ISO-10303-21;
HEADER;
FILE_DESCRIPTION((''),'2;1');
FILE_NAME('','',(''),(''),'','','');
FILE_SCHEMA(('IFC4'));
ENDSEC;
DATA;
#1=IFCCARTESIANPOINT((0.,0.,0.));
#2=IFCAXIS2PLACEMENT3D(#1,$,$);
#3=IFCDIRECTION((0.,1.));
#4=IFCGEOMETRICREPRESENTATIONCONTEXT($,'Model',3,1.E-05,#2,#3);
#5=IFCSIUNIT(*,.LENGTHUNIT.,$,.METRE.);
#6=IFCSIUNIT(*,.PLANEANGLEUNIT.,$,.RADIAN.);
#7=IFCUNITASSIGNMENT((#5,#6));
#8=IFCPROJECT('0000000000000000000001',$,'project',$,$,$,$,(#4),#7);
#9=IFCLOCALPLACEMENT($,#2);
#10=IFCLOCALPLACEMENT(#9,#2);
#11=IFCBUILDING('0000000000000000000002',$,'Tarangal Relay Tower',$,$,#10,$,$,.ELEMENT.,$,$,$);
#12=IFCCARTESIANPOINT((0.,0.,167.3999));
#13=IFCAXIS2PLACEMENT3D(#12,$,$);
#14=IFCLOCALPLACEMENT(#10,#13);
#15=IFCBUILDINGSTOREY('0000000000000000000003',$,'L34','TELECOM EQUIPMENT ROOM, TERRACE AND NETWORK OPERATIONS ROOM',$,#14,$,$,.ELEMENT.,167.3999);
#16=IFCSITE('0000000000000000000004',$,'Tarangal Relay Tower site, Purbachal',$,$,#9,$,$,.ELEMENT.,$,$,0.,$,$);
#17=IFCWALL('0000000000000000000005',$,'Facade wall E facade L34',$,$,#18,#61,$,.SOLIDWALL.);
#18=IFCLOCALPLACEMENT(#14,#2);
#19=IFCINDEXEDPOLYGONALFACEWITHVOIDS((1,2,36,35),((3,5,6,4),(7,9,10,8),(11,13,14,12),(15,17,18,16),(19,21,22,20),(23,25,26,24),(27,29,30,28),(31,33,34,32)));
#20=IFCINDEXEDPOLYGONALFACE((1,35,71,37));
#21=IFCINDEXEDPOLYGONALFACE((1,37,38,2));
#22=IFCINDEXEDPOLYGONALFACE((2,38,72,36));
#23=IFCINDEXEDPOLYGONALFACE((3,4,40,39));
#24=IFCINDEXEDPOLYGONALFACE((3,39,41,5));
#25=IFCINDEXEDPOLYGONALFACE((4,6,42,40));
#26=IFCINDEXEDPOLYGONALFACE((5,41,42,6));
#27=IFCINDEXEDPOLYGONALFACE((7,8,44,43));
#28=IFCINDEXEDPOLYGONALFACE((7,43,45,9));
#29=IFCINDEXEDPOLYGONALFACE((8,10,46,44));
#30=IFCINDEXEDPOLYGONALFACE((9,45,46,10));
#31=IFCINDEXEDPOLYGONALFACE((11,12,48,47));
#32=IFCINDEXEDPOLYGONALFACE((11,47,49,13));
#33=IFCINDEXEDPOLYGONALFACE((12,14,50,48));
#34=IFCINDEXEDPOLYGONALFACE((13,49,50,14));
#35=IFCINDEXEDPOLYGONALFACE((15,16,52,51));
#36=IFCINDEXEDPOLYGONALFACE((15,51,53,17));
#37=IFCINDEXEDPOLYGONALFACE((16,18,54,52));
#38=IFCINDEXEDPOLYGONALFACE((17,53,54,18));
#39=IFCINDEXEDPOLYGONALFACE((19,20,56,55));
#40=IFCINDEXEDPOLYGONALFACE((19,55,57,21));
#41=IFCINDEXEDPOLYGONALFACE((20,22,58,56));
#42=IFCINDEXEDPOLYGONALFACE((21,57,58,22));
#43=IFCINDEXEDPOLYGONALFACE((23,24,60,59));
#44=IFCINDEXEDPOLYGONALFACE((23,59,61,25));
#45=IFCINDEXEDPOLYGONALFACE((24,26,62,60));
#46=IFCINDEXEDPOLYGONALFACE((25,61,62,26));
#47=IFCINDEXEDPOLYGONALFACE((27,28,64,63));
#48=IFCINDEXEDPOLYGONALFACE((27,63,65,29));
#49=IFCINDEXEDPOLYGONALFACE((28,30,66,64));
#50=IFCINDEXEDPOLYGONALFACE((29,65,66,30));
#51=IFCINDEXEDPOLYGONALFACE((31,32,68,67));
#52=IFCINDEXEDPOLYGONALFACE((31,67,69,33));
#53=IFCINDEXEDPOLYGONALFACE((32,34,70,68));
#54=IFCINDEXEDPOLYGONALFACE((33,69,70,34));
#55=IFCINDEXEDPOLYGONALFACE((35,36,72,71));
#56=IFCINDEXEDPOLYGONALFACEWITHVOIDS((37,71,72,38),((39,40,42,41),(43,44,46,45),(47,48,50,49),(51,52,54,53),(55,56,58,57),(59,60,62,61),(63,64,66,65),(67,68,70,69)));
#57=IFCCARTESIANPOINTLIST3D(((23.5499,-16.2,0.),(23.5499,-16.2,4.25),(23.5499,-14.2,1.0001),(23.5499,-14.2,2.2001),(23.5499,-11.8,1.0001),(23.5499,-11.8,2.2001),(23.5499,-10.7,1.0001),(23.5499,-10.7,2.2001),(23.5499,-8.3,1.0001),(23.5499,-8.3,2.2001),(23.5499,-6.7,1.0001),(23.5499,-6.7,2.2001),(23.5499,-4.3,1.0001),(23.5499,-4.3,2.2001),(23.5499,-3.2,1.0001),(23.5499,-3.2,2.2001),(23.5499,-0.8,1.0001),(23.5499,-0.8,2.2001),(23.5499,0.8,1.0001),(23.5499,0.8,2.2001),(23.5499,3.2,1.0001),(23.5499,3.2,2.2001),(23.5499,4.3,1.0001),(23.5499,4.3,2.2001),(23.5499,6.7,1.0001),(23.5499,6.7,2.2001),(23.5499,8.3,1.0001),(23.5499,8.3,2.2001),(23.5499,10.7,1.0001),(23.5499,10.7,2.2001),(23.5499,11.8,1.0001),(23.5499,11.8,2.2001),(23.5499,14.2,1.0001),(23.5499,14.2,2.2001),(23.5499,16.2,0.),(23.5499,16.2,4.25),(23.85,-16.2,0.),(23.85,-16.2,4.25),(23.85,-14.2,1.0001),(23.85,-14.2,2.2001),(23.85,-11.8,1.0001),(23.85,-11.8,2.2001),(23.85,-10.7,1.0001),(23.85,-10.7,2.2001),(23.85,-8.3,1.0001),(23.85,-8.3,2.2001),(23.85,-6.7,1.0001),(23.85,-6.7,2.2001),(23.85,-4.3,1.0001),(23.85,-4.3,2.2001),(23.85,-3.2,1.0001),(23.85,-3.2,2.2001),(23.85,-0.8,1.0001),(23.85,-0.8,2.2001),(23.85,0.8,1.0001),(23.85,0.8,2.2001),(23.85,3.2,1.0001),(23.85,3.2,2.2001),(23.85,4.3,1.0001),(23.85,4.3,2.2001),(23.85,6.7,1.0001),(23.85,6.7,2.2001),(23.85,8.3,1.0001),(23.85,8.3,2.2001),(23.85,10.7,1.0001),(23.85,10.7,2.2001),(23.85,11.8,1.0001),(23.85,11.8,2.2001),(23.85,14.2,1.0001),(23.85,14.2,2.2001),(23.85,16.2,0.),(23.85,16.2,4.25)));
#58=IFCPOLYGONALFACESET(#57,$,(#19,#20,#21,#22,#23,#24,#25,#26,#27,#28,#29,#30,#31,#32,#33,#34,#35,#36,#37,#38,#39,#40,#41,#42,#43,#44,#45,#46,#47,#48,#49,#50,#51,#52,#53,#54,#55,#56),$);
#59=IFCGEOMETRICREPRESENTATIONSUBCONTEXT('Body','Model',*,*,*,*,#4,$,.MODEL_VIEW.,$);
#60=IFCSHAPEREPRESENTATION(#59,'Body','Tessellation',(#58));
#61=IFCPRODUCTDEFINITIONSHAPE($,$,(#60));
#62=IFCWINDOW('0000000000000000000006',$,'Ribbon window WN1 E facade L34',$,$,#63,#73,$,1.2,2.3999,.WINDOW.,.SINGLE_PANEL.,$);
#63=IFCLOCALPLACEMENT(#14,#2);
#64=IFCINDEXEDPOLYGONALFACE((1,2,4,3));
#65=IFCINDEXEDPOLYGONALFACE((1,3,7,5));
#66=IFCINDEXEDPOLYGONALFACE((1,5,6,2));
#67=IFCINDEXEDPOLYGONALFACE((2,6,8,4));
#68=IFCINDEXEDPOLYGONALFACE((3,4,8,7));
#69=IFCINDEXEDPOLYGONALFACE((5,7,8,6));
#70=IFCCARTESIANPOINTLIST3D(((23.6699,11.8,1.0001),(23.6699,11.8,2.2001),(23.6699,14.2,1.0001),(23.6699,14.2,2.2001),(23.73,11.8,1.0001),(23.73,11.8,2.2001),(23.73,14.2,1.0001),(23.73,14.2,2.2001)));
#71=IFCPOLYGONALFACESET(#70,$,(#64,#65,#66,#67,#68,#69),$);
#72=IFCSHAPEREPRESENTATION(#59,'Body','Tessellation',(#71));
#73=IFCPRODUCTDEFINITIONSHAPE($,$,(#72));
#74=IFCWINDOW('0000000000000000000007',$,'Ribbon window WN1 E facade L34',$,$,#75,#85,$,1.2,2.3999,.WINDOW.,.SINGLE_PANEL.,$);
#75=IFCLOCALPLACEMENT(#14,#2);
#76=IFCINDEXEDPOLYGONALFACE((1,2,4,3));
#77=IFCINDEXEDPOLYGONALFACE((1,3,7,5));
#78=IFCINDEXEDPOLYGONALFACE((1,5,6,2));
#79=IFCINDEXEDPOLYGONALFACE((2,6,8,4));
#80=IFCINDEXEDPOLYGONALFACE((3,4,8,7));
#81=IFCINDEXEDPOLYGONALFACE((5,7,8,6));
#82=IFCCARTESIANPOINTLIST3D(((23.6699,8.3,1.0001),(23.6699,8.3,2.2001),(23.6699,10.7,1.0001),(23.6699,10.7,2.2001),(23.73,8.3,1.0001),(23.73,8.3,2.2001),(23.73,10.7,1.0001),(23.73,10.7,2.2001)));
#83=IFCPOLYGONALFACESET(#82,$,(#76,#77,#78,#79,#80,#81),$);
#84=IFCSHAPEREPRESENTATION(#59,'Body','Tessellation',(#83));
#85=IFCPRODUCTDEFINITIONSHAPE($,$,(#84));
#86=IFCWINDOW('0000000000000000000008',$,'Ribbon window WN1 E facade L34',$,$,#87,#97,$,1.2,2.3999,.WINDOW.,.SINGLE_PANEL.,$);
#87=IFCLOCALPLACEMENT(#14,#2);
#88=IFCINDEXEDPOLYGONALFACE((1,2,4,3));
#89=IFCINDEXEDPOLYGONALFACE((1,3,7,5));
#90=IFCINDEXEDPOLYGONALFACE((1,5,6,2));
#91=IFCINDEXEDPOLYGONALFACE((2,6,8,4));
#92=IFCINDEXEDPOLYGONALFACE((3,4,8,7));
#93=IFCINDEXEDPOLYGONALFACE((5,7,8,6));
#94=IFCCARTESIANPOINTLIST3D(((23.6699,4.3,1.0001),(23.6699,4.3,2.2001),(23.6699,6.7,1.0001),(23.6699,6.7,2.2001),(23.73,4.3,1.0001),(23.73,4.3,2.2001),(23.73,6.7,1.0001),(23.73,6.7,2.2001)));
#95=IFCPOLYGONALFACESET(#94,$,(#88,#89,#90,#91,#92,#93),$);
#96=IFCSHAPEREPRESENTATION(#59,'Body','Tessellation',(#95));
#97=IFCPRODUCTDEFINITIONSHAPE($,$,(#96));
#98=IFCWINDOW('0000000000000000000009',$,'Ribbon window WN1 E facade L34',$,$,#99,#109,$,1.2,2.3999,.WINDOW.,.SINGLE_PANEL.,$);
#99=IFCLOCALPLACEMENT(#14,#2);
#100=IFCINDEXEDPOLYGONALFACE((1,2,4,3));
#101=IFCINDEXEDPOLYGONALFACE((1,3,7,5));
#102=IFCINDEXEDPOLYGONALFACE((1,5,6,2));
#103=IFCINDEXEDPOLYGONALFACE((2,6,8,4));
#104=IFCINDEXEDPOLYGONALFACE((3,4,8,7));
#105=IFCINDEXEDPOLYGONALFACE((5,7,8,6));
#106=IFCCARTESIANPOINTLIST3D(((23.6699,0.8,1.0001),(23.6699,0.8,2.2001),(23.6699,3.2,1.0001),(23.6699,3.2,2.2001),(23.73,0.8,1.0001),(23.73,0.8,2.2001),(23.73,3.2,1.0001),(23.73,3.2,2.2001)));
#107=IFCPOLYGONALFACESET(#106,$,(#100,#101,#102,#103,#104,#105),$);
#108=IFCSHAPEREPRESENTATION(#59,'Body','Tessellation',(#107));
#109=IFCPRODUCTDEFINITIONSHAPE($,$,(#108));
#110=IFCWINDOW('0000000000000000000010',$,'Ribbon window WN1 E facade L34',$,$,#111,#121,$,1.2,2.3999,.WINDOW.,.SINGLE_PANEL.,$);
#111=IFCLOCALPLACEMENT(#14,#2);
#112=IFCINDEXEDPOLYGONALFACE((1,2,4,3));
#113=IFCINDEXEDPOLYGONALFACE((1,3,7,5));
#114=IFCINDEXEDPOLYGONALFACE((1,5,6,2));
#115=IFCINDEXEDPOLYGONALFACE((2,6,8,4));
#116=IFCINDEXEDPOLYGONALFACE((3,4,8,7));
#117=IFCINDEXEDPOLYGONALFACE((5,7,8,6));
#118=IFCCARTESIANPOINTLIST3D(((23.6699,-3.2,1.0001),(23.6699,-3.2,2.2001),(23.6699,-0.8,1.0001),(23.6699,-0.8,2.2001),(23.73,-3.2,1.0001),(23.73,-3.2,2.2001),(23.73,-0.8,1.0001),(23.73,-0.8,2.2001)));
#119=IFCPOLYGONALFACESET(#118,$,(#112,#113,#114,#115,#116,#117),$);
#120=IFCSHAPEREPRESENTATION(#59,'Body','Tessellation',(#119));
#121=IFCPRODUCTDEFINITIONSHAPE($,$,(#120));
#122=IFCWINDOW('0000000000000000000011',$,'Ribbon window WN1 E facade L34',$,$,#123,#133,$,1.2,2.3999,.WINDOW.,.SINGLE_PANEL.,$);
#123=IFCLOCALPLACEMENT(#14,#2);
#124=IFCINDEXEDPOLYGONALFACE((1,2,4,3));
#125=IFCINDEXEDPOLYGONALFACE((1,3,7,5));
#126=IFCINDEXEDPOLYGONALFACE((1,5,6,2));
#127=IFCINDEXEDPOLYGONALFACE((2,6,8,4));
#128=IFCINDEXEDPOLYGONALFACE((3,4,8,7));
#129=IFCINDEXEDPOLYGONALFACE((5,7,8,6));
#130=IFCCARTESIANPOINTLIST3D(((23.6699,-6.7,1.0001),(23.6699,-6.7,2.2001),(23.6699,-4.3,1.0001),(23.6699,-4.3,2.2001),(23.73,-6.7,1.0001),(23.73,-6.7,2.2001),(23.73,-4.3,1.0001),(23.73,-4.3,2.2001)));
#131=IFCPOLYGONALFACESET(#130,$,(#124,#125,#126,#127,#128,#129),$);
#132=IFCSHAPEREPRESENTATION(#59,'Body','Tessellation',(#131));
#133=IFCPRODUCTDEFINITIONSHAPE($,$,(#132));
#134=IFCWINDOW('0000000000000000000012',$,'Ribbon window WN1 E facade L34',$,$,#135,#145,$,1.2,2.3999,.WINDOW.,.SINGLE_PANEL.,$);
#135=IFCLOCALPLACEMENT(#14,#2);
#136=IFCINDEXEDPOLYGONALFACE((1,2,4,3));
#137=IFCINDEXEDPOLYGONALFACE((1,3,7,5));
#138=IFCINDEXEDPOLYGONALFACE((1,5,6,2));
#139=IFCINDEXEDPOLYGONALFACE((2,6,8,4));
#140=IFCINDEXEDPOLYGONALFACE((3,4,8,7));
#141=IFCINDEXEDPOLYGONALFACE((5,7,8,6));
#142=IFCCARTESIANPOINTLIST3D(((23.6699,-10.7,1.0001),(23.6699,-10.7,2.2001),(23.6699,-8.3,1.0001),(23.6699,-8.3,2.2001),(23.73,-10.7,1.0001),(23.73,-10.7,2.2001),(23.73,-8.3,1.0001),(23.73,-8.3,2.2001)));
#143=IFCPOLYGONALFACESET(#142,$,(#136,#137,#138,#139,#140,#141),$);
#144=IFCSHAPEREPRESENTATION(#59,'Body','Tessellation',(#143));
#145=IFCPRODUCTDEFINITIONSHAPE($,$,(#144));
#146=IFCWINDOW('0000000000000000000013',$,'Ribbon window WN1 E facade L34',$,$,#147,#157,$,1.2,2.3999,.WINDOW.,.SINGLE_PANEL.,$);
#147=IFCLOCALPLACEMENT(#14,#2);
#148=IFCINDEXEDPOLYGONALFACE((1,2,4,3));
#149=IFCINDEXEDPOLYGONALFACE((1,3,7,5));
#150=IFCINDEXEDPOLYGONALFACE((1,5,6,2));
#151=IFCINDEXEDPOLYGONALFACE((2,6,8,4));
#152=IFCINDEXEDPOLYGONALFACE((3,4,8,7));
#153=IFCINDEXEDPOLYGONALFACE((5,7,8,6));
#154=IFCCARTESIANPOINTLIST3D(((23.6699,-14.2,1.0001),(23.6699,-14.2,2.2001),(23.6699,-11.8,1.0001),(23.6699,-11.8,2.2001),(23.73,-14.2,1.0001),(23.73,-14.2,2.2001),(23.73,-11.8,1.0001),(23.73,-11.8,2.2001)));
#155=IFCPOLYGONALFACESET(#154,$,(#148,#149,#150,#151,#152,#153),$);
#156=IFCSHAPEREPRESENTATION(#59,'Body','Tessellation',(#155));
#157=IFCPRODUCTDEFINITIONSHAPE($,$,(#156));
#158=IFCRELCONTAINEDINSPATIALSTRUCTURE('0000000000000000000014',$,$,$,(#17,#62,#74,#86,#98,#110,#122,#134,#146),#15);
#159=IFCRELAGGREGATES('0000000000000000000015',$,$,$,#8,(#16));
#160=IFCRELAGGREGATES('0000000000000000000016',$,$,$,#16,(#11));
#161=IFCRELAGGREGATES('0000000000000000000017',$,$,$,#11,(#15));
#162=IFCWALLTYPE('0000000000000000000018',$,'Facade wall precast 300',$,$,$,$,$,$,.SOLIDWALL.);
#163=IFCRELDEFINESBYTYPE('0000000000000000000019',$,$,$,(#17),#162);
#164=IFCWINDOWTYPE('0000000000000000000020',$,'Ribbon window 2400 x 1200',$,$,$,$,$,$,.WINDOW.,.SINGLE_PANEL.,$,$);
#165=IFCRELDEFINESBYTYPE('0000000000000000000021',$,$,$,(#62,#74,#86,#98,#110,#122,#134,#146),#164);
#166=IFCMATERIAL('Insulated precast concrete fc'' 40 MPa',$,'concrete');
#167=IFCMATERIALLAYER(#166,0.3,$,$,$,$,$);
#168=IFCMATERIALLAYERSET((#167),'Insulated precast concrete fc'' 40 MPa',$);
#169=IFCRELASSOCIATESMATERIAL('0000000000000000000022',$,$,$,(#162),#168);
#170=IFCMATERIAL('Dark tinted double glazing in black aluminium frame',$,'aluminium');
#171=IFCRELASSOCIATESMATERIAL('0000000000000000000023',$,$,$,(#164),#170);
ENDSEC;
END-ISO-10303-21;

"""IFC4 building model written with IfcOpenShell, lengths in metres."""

from ifc_helpers import new_model, si_unit, direction, frame, frame_2d, origin, place, context, subcontext, project, spatial, rectangle, extrude, material, layer, layer_set, type_object, element, fill, save


model = new_model("IFC4")

# Units and contexts
model_context = context("Model", 3, precision=1e-05, world=origin(), true_north=direction((0.0, 1.0)))
body_context = subcontext(model_context, "Body", "Model", "MODEL_VIEW")
ifc_project = project(units=[si_unit("LENGTHUNIT", "METRE"), si_unit("PLANEANGLEUNIT", "RADIAN")], contexts=[model_context])

# Site, building, storey
site_placement = place(None, origin())
site = spatial("IfcSite", under=ifc_project, at=site_placement, Name="Tarangal Relay Tower site, Purbachal", CompositionType="ELEMENT", RefElevation=0.0)
building_placement = place(site_placement, origin())
building = spatial("IfcBuilding", under=site, at=building_placement, Name="Tarangal Relay Tower", CompositionType="ELEMENT")
storey_placement = place(building_placement, frame((0.0, 0.0, 167.3999)))
storey = spatial("IfcBuildingStorey", under=building, at=storey_placement, Name="L34", Description="TELECOM EQUIPMENT ROOM, TERRACE AND NETWORK OPERATIONS ROOM", CompositionType="ELEMENT", Elevation=167.3999)

# Shared definitions
ifc_material_1 = material(Name="Insulated precast concrete fc' 40 MPa", Category="concrete")
ifc_layer_1 = layer(ifc_material_1, 0.3)
ifc_layer_set_1 = layer_set([ifc_layer_1], Name="Insulated precast concrete fc' 40 MPa")
wall_type_1 = type_object("IfcWallType", Name="Facade wall precast 300", PredefinedType="SOLIDWALL", material=ifc_layer_set_1)

# Wall, openings, windows
wall_1_placement = place(storey_placement, frame((23.7, 16.2, 0.0), z_axis=(0.0, 0.0, 1.0), x_axis=(0.0, -1.0, 0.0)))
wall_1 = element("IfcWall", 1, at=wall_1_placement, inside=storey, type_object=wall_type_1, Name="Facade wall E facade L34", PredefinedType="SOLIDWALL", context=body_context, shape_type="SweptSolid", body=[
    extrude(rectangle(XDim=32.3999, YDim=0.3, at=frame_2d((16.2, 0.0))), origin(), (0.0, 0.0, 1.0), 4.25),
])
opening_1_placement = place(wall_1_placement, frame((2.0, 0.0, 1.0)))
opening_1 = element("IfcOpeningElement", 2, at=opening_1_placement, cuts=wall_1, PredefinedType="OPENING", context=body_context, shape_type="SweptSolid", body=[
    extrude(rectangle(XDim=2.3999, YDim=1.2, at=frame_2d((1.2, 0.6001))), frame((0.0, 0.1599, 0.0), z_axis=(0.0, -1.0, 0.0), x_axis=(1.0, 0.0, 0.0)), (0.0, 0.0, 1.0), 0.3201),
])
opening_2_placement = place(wall_1_placement, frame((5.5, 0.0, 1.0)))
opening_2 = element("IfcOpeningElement", 3, at=opening_2_placement, cuts=wall_1, PredefinedType="OPENING", context=body_context, shape_type="SweptSolid", body=[
    extrude(rectangle(XDim=2.3999, YDim=1.2, at=frame_2d((1.2, 0.6001))), frame((0.0, 0.1599, 0.0), z_axis=(0.0, -1.0, 0.0), x_axis=(1.0, 0.0, 0.0)), (0.0, 0.0, 1.0), 0.3201),
])
opening_3_placement = place(wall_1_placement, frame((9.5, 0.0, 1.0)))
opening_3 = element("IfcOpeningElement", 4, at=opening_3_placement, cuts=wall_1, PredefinedType="OPENING", context=body_context, shape_type="SweptSolid", body=[
    extrude(rectangle(XDim=2.3999, YDim=1.2, at=frame_2d((1.2, 0.6001))), frame((0.0, 0.1599, 0.0), z_axis=(0.0, -1.0, 0.0), x_axis=(1.0, 0.0, 0.0)), (0.0, 0.0, 1.0), 0.3201),
])
opening_4_placement = place(wall_1_placement, frame((13.0, 0.0, 1.0)))
opening_4 = element("IfcOpeningElement", 5, at=opening_4_placement, cuts=wall_1, PredefinedType="OPENING", context=body_context, shape_type="SweptSolid", body=[
    extrude(rectangle(XDim=2.3999, YDim=1.2, at=frame_2d((1.2, 0.6001))), frame((0.0, 0.1599, 0.0), z_axis=(0.0, -1.0, 0.0), x_axis=(1.0, 0.0, 0.0)), (0.0, 0.0, 1.0), 0.3201),
])
opening_5_placement = place(wall_1_placement, frame((17.0, 0.0, 1.0)))
opening_5 = element("IfcOpeningElement", 6, at=opening_5_placement, cuts=wall_1, PredefinedType="OPENING", context=body_context, shape_type="SweptSolid", body=[
    extrude(rectangle(XDim=2.3999, YDim=1.2, at=frame_2d((1.2, 0.6001))), frame((0.0, 0.1599, 0.0), z_axis=(0.0, -1.0, 0.0), x_axis=(1.0, 0.0, 0.0)), (0.0, 0.0, 1.0), 0.3201),
])
opening_6_placement = place(wall_1_placement, frame((20.5, 0.0, 1.0)))
opening_6 = element("IfcOpeningElement", 7, at=opening_6_placement, cuts=wall_1, PredefinedType="OPENING", context=body_context, shape_type="SweptSolid", body=[
    extrude(rectangle(XDim=2.3999, YDim=1.2, at=frame_2d((1.2, 0.6001))), frame((0.0, 0.1599, 0.0), z_axis=(0.0, -1.0, 0.0), x_axis=(1.0, 0.0, 0.0)), (0.0, 0.0, 1.0), 0.3201),
])
opening_7_placement = place(wall_1_placement, frame((24.5, 0.0, 1.0)))
opening_7 = element("IfcOpeningElement", 8, at=opening_7_placement, cuts=wall_1, PredefinedType="OPENING", context=body_context, shape_type="SweptSolid", body=[
    extrude(rectangle(XDim=2.3999, YDim=1.2, at=frame_2d((1.2, 0.6001))), frame((0.0, 0.1599, 0.0), z_axis=(0.0, -1.0, 0.0), x_axis=(1.0, 0.0, 0.0)), (0.0, 0.0, 1.0), 0.3201),
])
opening_8_placement = place(wall_1_placement, frame((28.0, 0.0, 1.0)))
opening_8 = element("IfcOpeningElement", 9, at=opening_8_placement, cuts=wall_1, PredefinedType="OPENING", context=body_context, shape_type="SweptSolid", body=[
    extrude(rectangle(XDim=2.3999, YDim=1.2, at=frame_2d((1.2, 0.6001))), frame((0.0, 0.1599, 0.0), z_axis=(0.0, -1.0, 0.0), x_axis=(1.0, 0.0, 0.0)), (0.0, 0.0, 1.0), 0.3201),
])
ifc_material_2 = material(Name="Dark tinted double glazing in black aluminium frame", Category="aluminium")
window_type = type_object("IfcWindowType", Name="Ribbon window 2400 x 1200", PartitioningType="SINGLE_PANEL", PredefinedType="WINDOW", material=ifc_material_2)
window_1_placement = place(opening_1_placement, origin())
window_1 = element("IfcWindow", 10, at=window_1_placement, inside=storey, type_object=window_type, Name="Ribbon window WN1 E facade L34", OverallHeight=1.2, OverallWidth=2.3999, PartitioningType="SINGLE_PANEL", PredefinedType="WINDOW", context=body_context, shape_type="SweptSolid", body=[
    extrude(rectangle(XDim=2.3999, YDim=1.2, at=frame_2d((1.2, 0.6001))), frame((0.0, 0.03, 0.0), z_axis=(0.0, -1.0, 0.0), x_axis=(1.0, 0.0, 0.0)), (0.0, 0.0, 1.0), 0.0601),
])
fill(opening_1, window_1)
window_2_placement = place(opening_2_placement, origin())
window_2 = element("IfcWindow", 11, at=window_2_placement, inside=storey, type_object=window_type, Name="Ribbon window WN1 E facade L34", OverallHeight=1.2, OverallWidth=2.3999, PartitioningType="SINGLE_PANEL", PredefinedType="WINDOW", context=body_context, shape_type="SweptSolid", body=[
    extrude(rectangle(XDim=2.3999, YDim=1.2, at=frame_2d((1.2, 0.6001))), frame((0.0, 0.03, 0.0), z_axis=(0.0, -1.0, 0.0), x_axis=(1.0, 0.0, 0.0)), (0.0, 0.0, 1.0), 0.0601),
])
fill(opening_2, window_2)
window_3_placement = place(opening_3_placement, origin())
window_3 = element("IfcWindow", 12, at=window_3_placement, inside=storey, type_object=window_type, Name="Ribbon window WN1 E facade L34", OverallHeight=1.2, OverallWidth=2.3999, PartitioningType="SINGLE_PANEL", PredefinedType="WINDOW", context=body_context, shape_type="SweptSolid", body=[
    extrude(rectangle(XDim=2.3999, YDim=1.2, at=frame_2d((1.2, 0.6001))), frame((0.0, 0.03, 0.0), z_axis=(0.0, -1.0, 0.0), x_axis=(1.0, 0.0, 0.0)), (0.0, 0.0, 1.0), 0.0601),
])
fill(opening_3, window_3)
window_4_placement = place(opening_4_placement, origin())
window_4 = element("IfcWindow", 13, at=window_4_placement, inside=storey, type_object=window_type, Name="Ribbon window WN1 E facade L34", OverallHeight=1.2, OverallWidth=2.3999, PartitioningType="SINGLE_PANEL", PredefinedType="WINDOW", context=body_context, shape_type="SweptSolid", body=[
    extrude(rectangle(XDim=2.3999, YDim=1.2, at=frame_2d((1.2, 0.6001))), frame((0.0, 0.03, 0.0), z_axis=(0.0, -1.0, 0.0), x_axis=(1.0, 0.0, 0.0)), (0.0, 0.0, 1.0), 0.0601),
])
fill(opening_4, window_4)
window_5_placement = place(opening_5_placement, origin())
window_5 = element("IfcWindow", 14, at=window_5_placement, inside=storey, type_object=window_type, Name="Ribbon window WN1 E facade L34", OverallHeight=1.2, OverallWidth=2.3999, PartitioningType="SINGLE_PANEL", PredefinedType="WINDOW", context=body_context, shape_type="SweptSolid", body=[
    extrude(rectangle(XDim=2.3999, YDim=1.2, at=frame_2d((1.2, 0.6001))), frame((0.0, 0.03, 0.0), z_axis=(0.0, -1.0, 0.0), x_axis=(1.0, 0.0, 0.0)), (0.0, 0.0, 1.0), 0.0601),
])
fill(opening_5, window_5)
window_6_placement = place(opening_6_placement, origin())
window_6 = element("IfcWindow", 15, at=window_6_placement, inside=storey, type_object=window_type, Name="Ribbon window WN1 E facade L34", OverallHeight=1.2, OverallWidth=2.3999, PartitioningType="SINGLE_PANEL", PredefinedType="WINDOW", context=body_context, shape_type="SweptSolid", body=[
    extrude(rectangle(XDim=2.3999, YDim=1.2, at=frame_2d((1.2, 0.6001))), frame((0.0, 0.03, 0.0), z_axis=(0.0, -1.0, 0.0), x_axis=(1.0, 0.0, 0.0)), (0.0, 0.0, 1.0), 0.0601),
])
fill(opening_6, window_6)
window_7_placement = place(opening_7_placement, origin())
window_7 = element("IfcWindow", 16, at=window_7_placement, inside=storey, type_object=window_type, Name="Ribbon window WN1 E facade L34", OverallHeight=1.2, OverallWidth=2.3999, PartitioningType="SINGLE_PANEL", PredefinedType="WINDOW", context=body_context, shape_type="SweptSolid", body=[
    extrude(rectangle(XDim=2.3999, YDim=1.2, at=frame_2d((1.2, 0.6001))), frame((0.0, 0.03, 0.0), z_axis=(0.0, -1.0, 0.0), x_axis=(1.0, 0.0, 0.0)), (0.0, 0.0, 1.0), 0.0601),
])
fill(opening_7, window_7)
window_8_placement = place(opening_8_placement, origin())
window_8 = element("IfcWindow", 17, at=window_8_placement, inside=storey, type_object=window_type, Name="Ribbon window WN1 E facade L34", OverallHeight=1.2, OverallWidth=2.3999, PartitioningType="SINGLE_PANEL", PredefinedType="WINDOW", context=body_context, shape_type="SweptSolid", body=[
    extrude(rectangle(XDim=2.3999, YDim=1.2, at=frame_2d((1.2, 0.6001))), frame((0.0, 0.03, 0.0), z_axis=(0.0, -1.0, 0.0), x_axis=(1.0, 0.0, 0.0)), (0.0, 0.0, 1.0), 0.0601),
])
fill(opening_8, window_8)

save(model, "model.ifc")
